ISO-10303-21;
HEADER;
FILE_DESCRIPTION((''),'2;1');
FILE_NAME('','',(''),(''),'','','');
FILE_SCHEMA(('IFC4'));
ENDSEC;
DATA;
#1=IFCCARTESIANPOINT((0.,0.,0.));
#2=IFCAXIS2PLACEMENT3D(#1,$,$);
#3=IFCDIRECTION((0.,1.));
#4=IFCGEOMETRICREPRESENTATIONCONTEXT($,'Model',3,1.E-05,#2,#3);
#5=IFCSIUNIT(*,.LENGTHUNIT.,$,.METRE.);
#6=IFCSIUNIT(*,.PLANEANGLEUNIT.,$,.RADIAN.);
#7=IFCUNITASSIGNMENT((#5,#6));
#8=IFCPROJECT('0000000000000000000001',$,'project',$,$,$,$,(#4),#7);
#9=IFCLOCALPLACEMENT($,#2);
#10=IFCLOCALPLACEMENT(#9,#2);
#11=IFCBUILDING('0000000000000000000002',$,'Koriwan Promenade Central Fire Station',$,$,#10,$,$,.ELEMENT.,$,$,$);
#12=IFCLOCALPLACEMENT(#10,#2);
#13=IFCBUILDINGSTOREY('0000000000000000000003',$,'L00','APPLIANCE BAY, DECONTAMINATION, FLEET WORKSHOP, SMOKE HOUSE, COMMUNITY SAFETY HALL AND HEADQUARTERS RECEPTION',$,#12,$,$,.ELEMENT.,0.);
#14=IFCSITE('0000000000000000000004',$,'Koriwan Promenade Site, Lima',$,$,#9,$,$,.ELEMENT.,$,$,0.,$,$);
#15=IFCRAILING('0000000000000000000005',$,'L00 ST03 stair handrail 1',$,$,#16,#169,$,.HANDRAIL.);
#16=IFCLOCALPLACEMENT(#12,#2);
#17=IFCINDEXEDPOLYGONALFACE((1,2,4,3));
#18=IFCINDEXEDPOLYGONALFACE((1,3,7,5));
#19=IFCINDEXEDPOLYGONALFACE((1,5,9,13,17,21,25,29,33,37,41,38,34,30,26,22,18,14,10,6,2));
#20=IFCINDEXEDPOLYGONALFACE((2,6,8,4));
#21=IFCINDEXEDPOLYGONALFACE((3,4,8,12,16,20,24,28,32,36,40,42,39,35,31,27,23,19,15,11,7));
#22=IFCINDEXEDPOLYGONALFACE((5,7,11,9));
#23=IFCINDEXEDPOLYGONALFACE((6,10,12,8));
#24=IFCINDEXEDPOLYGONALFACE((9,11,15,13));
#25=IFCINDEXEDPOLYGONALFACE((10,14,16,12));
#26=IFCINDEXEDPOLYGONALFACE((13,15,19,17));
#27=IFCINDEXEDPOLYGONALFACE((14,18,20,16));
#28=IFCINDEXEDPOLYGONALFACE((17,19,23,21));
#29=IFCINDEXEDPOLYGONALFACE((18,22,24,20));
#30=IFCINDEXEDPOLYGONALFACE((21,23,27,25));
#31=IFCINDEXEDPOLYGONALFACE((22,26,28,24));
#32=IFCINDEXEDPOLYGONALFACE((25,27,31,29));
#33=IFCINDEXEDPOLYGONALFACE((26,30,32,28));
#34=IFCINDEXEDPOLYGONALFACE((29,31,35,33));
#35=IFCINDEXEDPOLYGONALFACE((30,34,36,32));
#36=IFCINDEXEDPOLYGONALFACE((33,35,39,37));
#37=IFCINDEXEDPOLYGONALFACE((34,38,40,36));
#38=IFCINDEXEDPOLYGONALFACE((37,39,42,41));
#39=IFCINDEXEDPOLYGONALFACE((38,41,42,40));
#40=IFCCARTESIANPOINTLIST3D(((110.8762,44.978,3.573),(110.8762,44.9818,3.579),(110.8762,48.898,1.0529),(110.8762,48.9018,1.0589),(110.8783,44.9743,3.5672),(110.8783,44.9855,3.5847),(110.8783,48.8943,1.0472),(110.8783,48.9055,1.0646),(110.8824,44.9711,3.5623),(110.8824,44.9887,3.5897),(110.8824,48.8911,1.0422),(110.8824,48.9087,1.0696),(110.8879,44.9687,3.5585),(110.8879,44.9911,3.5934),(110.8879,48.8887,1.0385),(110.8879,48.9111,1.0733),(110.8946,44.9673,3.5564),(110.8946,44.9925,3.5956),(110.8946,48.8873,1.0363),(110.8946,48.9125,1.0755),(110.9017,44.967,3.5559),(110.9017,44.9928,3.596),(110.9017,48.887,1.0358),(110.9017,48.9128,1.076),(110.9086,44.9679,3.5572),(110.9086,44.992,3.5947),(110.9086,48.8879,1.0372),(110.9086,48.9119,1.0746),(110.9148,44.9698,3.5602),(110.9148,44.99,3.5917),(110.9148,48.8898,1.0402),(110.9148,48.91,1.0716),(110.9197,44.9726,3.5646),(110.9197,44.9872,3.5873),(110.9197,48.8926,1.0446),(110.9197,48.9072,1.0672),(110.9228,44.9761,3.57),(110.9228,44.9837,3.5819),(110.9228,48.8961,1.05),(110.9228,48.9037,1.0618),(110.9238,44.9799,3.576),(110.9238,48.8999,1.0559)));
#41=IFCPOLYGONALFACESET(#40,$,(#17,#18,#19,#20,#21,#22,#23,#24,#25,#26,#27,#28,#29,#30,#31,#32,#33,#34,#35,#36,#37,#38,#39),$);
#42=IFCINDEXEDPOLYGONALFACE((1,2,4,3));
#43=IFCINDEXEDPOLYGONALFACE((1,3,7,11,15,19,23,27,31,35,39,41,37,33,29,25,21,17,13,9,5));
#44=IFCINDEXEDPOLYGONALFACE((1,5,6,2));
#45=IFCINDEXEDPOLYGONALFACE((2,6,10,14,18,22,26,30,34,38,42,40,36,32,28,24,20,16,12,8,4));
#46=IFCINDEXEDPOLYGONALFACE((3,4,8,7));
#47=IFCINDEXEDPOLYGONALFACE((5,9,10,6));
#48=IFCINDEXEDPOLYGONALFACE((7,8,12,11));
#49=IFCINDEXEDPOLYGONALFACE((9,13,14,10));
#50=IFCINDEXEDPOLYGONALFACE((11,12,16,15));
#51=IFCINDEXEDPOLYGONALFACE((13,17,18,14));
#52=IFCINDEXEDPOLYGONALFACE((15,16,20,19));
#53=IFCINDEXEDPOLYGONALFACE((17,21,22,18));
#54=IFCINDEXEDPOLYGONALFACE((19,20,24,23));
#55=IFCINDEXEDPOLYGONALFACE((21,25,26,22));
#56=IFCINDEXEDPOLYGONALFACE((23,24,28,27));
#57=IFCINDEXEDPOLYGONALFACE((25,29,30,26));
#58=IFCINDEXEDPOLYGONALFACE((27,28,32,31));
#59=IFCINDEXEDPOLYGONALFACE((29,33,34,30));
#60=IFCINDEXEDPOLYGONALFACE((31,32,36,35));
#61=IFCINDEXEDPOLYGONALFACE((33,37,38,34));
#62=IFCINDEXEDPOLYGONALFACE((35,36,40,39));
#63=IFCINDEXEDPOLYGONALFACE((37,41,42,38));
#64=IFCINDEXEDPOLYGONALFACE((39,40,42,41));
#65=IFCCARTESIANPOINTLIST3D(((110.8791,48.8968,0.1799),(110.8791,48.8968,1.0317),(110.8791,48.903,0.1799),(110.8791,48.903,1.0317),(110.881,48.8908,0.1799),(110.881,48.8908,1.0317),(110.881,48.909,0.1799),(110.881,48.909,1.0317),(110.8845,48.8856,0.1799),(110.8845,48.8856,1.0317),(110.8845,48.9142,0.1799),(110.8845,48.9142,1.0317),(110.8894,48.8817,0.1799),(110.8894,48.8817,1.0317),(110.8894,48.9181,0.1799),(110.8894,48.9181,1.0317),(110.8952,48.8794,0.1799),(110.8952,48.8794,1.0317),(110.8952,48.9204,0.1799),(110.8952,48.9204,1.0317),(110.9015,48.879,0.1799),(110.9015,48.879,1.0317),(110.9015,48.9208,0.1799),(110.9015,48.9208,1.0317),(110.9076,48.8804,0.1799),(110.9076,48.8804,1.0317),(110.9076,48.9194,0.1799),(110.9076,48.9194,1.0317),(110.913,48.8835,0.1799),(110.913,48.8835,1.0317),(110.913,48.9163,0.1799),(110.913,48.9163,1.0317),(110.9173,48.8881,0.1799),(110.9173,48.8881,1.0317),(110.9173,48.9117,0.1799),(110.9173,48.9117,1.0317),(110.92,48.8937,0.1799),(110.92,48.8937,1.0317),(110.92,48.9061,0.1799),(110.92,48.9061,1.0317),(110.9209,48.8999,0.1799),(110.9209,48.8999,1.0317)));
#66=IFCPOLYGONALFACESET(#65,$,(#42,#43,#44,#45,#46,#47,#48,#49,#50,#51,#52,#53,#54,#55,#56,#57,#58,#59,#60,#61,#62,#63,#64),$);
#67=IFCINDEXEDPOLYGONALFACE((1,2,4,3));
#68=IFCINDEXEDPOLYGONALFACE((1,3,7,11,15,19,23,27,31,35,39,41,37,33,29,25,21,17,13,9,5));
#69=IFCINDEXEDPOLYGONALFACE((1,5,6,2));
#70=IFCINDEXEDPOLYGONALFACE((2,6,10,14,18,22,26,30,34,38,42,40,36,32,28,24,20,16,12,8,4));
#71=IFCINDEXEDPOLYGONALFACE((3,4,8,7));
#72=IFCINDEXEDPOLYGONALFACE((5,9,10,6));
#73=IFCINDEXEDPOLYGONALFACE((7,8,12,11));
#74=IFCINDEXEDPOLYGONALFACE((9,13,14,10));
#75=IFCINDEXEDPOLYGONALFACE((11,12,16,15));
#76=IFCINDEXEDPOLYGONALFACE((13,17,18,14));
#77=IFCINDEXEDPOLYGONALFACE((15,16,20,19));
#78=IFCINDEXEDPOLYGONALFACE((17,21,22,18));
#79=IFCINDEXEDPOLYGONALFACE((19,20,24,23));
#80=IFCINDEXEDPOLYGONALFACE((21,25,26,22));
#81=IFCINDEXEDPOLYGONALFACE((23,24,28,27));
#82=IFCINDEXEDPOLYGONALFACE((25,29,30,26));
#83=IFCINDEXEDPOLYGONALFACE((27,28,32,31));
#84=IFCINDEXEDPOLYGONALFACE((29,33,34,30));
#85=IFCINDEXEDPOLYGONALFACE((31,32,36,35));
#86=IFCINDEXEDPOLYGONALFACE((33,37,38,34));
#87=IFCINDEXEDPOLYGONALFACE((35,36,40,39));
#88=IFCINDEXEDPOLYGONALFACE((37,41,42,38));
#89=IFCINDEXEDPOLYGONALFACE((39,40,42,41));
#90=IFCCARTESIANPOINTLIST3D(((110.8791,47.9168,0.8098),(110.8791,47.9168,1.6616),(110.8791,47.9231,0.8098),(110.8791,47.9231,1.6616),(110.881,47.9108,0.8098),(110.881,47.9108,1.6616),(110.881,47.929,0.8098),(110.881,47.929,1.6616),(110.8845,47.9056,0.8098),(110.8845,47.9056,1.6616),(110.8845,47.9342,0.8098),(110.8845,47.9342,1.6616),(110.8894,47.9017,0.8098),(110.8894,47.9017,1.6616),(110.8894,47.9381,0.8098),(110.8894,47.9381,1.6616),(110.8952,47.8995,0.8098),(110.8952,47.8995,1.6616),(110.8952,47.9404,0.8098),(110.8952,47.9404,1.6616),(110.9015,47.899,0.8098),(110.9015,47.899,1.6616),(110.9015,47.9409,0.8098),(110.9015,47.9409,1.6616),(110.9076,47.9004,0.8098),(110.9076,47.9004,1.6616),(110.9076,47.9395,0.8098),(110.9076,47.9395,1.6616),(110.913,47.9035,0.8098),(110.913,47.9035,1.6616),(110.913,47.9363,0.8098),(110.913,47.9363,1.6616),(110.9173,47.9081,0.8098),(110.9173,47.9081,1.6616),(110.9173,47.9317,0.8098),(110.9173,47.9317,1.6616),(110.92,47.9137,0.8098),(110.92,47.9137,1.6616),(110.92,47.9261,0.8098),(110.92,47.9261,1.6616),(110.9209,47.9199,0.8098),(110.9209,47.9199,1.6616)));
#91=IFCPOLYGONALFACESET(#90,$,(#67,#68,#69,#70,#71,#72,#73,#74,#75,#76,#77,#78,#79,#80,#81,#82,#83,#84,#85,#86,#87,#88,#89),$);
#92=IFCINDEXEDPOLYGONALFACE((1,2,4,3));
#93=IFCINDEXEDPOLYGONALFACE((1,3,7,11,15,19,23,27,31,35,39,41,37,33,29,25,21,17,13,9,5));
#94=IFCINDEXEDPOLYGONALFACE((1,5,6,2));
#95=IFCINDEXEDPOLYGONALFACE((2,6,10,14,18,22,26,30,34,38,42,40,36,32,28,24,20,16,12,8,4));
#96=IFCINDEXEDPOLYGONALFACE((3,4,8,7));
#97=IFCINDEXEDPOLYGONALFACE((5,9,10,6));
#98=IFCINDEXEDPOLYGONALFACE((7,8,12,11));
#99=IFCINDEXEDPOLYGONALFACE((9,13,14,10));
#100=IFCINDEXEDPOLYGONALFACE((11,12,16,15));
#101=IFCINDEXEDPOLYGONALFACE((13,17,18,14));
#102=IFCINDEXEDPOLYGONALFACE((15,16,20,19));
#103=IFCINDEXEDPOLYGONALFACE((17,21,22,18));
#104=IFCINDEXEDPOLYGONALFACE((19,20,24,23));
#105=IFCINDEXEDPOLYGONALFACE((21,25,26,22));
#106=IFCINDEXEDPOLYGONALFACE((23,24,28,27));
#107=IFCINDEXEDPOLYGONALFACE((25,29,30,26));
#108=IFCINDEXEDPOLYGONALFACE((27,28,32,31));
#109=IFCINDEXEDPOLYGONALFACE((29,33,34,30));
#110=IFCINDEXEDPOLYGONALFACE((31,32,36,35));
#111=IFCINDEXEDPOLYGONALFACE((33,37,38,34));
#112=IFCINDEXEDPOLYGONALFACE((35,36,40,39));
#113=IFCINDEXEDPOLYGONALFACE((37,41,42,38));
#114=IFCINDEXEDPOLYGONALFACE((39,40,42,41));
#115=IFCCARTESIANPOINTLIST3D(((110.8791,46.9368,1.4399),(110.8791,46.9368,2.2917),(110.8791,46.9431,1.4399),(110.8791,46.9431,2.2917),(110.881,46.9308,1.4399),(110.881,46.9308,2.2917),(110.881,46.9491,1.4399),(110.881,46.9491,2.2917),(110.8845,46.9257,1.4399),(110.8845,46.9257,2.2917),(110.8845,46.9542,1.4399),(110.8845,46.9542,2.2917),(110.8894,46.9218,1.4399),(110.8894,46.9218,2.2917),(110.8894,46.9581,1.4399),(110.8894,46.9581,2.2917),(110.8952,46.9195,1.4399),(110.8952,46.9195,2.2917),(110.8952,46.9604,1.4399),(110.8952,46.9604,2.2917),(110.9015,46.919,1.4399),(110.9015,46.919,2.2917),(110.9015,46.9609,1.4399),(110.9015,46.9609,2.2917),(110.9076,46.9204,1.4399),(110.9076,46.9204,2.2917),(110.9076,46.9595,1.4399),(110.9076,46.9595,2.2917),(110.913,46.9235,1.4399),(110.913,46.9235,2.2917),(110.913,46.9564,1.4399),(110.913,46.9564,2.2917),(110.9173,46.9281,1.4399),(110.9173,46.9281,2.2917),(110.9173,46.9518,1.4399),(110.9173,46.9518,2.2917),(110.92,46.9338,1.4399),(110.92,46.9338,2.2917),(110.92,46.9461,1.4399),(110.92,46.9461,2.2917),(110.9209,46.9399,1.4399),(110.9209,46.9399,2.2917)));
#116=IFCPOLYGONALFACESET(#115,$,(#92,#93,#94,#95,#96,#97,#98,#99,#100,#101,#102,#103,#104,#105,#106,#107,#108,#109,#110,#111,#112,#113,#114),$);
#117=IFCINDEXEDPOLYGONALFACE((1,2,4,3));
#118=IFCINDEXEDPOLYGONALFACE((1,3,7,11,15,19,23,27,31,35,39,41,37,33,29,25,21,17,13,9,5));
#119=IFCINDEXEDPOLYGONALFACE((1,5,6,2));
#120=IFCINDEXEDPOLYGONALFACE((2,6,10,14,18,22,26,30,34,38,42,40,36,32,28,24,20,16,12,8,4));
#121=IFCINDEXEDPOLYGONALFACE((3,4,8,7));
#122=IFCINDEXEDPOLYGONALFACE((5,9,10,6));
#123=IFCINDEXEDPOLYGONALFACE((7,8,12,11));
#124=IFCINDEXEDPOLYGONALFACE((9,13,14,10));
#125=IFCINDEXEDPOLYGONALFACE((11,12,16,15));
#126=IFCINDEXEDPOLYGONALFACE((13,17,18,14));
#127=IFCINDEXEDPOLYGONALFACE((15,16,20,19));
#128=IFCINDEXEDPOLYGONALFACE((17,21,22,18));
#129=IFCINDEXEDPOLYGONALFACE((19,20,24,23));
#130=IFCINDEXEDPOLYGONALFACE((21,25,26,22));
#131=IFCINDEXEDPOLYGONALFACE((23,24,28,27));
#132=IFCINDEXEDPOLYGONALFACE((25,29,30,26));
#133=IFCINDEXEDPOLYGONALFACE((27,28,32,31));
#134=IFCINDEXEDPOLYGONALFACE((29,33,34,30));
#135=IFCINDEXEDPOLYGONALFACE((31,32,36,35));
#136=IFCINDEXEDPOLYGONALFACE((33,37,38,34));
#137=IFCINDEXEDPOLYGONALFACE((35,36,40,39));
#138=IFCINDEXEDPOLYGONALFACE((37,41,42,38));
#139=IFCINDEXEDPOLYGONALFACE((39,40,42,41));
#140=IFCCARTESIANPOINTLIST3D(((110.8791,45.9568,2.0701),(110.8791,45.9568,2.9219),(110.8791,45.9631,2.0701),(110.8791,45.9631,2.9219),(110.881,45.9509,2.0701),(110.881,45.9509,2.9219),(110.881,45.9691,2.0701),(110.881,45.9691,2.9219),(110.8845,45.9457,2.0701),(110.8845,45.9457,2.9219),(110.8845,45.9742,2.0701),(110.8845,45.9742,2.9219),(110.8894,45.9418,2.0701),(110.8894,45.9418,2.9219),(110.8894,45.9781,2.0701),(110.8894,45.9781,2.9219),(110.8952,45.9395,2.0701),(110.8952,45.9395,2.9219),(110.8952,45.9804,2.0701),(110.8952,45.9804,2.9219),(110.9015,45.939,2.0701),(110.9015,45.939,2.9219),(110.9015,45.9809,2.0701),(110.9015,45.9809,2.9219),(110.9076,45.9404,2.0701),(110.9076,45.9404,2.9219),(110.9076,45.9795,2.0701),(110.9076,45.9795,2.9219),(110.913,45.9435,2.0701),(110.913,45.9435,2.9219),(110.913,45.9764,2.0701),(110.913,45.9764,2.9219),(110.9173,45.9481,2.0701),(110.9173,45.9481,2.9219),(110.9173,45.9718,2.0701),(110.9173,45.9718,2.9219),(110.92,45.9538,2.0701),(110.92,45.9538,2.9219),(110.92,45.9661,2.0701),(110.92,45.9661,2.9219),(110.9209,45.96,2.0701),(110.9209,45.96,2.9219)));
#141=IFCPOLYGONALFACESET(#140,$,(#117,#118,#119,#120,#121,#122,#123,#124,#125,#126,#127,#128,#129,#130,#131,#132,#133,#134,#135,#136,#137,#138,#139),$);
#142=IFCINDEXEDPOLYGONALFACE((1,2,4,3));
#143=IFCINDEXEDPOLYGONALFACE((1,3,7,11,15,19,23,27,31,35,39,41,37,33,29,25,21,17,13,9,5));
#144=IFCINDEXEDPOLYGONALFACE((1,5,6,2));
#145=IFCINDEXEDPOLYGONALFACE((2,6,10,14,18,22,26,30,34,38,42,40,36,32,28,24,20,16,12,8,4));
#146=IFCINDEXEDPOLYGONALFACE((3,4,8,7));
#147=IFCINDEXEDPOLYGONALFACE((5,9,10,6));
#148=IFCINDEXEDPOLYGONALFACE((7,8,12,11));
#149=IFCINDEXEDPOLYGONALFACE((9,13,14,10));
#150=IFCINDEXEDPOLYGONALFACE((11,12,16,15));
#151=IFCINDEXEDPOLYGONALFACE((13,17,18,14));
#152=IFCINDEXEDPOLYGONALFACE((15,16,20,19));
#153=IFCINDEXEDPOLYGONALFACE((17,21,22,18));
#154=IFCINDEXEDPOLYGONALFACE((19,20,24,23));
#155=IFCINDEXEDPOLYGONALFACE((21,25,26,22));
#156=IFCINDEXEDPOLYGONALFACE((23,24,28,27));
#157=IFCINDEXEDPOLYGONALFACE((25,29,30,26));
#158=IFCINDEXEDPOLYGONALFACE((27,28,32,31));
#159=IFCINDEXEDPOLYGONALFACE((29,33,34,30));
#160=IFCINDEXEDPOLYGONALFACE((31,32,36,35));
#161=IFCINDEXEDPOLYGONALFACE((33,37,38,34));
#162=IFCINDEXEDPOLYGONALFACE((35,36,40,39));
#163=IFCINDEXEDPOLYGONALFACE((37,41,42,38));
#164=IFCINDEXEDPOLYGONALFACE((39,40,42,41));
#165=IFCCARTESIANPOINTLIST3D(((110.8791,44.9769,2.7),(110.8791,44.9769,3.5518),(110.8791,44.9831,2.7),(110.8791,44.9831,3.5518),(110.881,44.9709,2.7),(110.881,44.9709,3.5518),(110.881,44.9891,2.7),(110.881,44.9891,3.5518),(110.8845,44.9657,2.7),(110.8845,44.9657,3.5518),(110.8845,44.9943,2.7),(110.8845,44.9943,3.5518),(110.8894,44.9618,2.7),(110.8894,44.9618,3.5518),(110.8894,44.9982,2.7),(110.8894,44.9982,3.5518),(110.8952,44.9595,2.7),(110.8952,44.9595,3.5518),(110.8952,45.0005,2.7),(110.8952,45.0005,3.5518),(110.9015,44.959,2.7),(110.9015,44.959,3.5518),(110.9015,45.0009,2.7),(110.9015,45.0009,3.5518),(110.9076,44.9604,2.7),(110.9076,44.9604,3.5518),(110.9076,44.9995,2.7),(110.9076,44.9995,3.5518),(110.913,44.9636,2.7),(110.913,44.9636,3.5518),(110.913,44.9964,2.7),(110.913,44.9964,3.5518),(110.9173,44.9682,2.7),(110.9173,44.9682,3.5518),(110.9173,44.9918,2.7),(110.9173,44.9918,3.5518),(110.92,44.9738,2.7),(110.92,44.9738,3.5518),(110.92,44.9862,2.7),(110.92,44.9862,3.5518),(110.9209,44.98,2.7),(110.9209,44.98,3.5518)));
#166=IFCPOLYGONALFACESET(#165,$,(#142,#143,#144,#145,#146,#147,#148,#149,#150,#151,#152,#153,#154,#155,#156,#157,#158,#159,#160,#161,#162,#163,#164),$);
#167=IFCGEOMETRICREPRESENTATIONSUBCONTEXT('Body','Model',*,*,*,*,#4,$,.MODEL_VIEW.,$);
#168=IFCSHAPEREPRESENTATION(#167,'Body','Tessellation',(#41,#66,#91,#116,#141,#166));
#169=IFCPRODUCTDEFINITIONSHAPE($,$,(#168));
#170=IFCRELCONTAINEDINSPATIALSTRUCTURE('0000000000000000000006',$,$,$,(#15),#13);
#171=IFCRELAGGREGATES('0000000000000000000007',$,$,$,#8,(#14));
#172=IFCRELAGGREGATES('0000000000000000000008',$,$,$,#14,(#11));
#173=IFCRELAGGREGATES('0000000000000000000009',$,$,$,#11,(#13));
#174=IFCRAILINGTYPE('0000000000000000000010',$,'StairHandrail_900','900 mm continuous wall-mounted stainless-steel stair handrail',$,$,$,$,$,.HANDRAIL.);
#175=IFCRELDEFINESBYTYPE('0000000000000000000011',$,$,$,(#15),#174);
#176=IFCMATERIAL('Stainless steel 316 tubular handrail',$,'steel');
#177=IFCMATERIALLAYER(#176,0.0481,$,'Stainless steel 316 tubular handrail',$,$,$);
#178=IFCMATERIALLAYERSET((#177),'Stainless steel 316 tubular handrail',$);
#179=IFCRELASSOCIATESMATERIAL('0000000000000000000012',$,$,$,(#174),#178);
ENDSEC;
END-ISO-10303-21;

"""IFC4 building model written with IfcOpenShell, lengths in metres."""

from ifc_helpers import new_model, si_unit, direction, frame, origin, origin_2d, place, context, subcontext, project, spatial, circle, extrude, material, layer, layer_set, type_object, element, save


model = new_model("IFC4")

# Units and contexts
model_context = context("Model", 3, precision=1e-05, world=origin(), true_north=direction((0.0, 1.0)))
body_context = subcontext(model_context, "Body", "Model", "MODEL_VIEW")
ifc_project = project(units=[si_unit("LENGTHUNIT", "METRE"), si_unit("PLANEANGLEUNIT", "RADIAN")], contexts=[model_context])

# Site, building, storey
site_placement = place(None, origin())
site = spatial("IfcSite", under=ifc_project, at=site_placement, Name="Koriwan Promenade Site, Lima", CompositionType="ELEMENT", RefElevation=0.0)
building_placement = place(site_placement, origin())
building = spatial("IfcBuilding", under=site, at=building_placement, Name="Koriwan Promenade Central Fire Station", CompositionType="ELEMENT")
storey_placement = place(building_placement, origin())
storey = spatial("IfcBuildingStorey", under=building, at=storey_placement, Name="L00", Description="APPLIANCE BAY, DECONTAMINATION, FLEET WORKSHOP, SMOKE HOUSE, COMMUNITY SAFETY HALL AND HEADQUARTERS RECEPTION", CompositionType="ELEMENT", Elevation=0.0)

# Railing
ifc_material_1 = material(Name="Stainless steel 316 tubular handrail", Category="steel")
ifc_layer_1 = layer(ifc_material_1, 0.0481, Name="Stainless steel 316 tubular handrail")
ifc_layer_set_1 = layer_set([ifc_layer_1], Name="Stainless steel 316 tubular handrail")
railing_type_1 = type_object("IfcRailingType", Name="StairHandrail_900", Description="900 mm continuous wall-mounted stainless-steel stair handrail", PredefinedType="HANDRAIL", material=ifc_layer_set_1)
railing_1_placement = place(storey_placement, frame((110.8999, 48.8999, 0.1799)))
element("IfcRailing", 1, at=railing_1_placement, inside=storey, type_object=railing_type_1, Name="L00 ST03 stair handrail 1", PredefinedType="HANDRAIL", context=body_context, shape_type="SweptSolid", body=[
    extrude(circle(Radius=0.0239, at=origin_2d()), frame((0.0, 0.0, 0.876), z_axis=(0.0, -0.841172, 0.540768), x_axis=(1.0, 0.0, 0.0)), (0.0, 0.0, 1.0), 4.6602),
    extrude(circle(Radius=0.021, at=origin_2d()), origin(), (0.0, 0.0, 1.0), 0.8518),
    extrude(circle(Radius=0.021, at=origin_2d()), frame((0.0, -0.98, 0.6299)), (0.0, 0.0, 1.0), 0.8518),
    extrude(circle(Radius=0.021, at=origin_2d()), frame((0.0, -1.96, 1.26)), (0.0, 0.0, 1.0), 0.8518),
    extrude(circle(Radius=0.021, at=origin_2d()), frame((0.0, -2.9399, 1.8901)), (0.0, 0.0, 1.0), 0.8518),
    extrude(circle(Radius=0.021, at=origin_2d()), frame((0.0, -3.9199, 2.52)), (0.0, 0.0, 1.0), 0.8518),
])

save(model, "model.ifc")
